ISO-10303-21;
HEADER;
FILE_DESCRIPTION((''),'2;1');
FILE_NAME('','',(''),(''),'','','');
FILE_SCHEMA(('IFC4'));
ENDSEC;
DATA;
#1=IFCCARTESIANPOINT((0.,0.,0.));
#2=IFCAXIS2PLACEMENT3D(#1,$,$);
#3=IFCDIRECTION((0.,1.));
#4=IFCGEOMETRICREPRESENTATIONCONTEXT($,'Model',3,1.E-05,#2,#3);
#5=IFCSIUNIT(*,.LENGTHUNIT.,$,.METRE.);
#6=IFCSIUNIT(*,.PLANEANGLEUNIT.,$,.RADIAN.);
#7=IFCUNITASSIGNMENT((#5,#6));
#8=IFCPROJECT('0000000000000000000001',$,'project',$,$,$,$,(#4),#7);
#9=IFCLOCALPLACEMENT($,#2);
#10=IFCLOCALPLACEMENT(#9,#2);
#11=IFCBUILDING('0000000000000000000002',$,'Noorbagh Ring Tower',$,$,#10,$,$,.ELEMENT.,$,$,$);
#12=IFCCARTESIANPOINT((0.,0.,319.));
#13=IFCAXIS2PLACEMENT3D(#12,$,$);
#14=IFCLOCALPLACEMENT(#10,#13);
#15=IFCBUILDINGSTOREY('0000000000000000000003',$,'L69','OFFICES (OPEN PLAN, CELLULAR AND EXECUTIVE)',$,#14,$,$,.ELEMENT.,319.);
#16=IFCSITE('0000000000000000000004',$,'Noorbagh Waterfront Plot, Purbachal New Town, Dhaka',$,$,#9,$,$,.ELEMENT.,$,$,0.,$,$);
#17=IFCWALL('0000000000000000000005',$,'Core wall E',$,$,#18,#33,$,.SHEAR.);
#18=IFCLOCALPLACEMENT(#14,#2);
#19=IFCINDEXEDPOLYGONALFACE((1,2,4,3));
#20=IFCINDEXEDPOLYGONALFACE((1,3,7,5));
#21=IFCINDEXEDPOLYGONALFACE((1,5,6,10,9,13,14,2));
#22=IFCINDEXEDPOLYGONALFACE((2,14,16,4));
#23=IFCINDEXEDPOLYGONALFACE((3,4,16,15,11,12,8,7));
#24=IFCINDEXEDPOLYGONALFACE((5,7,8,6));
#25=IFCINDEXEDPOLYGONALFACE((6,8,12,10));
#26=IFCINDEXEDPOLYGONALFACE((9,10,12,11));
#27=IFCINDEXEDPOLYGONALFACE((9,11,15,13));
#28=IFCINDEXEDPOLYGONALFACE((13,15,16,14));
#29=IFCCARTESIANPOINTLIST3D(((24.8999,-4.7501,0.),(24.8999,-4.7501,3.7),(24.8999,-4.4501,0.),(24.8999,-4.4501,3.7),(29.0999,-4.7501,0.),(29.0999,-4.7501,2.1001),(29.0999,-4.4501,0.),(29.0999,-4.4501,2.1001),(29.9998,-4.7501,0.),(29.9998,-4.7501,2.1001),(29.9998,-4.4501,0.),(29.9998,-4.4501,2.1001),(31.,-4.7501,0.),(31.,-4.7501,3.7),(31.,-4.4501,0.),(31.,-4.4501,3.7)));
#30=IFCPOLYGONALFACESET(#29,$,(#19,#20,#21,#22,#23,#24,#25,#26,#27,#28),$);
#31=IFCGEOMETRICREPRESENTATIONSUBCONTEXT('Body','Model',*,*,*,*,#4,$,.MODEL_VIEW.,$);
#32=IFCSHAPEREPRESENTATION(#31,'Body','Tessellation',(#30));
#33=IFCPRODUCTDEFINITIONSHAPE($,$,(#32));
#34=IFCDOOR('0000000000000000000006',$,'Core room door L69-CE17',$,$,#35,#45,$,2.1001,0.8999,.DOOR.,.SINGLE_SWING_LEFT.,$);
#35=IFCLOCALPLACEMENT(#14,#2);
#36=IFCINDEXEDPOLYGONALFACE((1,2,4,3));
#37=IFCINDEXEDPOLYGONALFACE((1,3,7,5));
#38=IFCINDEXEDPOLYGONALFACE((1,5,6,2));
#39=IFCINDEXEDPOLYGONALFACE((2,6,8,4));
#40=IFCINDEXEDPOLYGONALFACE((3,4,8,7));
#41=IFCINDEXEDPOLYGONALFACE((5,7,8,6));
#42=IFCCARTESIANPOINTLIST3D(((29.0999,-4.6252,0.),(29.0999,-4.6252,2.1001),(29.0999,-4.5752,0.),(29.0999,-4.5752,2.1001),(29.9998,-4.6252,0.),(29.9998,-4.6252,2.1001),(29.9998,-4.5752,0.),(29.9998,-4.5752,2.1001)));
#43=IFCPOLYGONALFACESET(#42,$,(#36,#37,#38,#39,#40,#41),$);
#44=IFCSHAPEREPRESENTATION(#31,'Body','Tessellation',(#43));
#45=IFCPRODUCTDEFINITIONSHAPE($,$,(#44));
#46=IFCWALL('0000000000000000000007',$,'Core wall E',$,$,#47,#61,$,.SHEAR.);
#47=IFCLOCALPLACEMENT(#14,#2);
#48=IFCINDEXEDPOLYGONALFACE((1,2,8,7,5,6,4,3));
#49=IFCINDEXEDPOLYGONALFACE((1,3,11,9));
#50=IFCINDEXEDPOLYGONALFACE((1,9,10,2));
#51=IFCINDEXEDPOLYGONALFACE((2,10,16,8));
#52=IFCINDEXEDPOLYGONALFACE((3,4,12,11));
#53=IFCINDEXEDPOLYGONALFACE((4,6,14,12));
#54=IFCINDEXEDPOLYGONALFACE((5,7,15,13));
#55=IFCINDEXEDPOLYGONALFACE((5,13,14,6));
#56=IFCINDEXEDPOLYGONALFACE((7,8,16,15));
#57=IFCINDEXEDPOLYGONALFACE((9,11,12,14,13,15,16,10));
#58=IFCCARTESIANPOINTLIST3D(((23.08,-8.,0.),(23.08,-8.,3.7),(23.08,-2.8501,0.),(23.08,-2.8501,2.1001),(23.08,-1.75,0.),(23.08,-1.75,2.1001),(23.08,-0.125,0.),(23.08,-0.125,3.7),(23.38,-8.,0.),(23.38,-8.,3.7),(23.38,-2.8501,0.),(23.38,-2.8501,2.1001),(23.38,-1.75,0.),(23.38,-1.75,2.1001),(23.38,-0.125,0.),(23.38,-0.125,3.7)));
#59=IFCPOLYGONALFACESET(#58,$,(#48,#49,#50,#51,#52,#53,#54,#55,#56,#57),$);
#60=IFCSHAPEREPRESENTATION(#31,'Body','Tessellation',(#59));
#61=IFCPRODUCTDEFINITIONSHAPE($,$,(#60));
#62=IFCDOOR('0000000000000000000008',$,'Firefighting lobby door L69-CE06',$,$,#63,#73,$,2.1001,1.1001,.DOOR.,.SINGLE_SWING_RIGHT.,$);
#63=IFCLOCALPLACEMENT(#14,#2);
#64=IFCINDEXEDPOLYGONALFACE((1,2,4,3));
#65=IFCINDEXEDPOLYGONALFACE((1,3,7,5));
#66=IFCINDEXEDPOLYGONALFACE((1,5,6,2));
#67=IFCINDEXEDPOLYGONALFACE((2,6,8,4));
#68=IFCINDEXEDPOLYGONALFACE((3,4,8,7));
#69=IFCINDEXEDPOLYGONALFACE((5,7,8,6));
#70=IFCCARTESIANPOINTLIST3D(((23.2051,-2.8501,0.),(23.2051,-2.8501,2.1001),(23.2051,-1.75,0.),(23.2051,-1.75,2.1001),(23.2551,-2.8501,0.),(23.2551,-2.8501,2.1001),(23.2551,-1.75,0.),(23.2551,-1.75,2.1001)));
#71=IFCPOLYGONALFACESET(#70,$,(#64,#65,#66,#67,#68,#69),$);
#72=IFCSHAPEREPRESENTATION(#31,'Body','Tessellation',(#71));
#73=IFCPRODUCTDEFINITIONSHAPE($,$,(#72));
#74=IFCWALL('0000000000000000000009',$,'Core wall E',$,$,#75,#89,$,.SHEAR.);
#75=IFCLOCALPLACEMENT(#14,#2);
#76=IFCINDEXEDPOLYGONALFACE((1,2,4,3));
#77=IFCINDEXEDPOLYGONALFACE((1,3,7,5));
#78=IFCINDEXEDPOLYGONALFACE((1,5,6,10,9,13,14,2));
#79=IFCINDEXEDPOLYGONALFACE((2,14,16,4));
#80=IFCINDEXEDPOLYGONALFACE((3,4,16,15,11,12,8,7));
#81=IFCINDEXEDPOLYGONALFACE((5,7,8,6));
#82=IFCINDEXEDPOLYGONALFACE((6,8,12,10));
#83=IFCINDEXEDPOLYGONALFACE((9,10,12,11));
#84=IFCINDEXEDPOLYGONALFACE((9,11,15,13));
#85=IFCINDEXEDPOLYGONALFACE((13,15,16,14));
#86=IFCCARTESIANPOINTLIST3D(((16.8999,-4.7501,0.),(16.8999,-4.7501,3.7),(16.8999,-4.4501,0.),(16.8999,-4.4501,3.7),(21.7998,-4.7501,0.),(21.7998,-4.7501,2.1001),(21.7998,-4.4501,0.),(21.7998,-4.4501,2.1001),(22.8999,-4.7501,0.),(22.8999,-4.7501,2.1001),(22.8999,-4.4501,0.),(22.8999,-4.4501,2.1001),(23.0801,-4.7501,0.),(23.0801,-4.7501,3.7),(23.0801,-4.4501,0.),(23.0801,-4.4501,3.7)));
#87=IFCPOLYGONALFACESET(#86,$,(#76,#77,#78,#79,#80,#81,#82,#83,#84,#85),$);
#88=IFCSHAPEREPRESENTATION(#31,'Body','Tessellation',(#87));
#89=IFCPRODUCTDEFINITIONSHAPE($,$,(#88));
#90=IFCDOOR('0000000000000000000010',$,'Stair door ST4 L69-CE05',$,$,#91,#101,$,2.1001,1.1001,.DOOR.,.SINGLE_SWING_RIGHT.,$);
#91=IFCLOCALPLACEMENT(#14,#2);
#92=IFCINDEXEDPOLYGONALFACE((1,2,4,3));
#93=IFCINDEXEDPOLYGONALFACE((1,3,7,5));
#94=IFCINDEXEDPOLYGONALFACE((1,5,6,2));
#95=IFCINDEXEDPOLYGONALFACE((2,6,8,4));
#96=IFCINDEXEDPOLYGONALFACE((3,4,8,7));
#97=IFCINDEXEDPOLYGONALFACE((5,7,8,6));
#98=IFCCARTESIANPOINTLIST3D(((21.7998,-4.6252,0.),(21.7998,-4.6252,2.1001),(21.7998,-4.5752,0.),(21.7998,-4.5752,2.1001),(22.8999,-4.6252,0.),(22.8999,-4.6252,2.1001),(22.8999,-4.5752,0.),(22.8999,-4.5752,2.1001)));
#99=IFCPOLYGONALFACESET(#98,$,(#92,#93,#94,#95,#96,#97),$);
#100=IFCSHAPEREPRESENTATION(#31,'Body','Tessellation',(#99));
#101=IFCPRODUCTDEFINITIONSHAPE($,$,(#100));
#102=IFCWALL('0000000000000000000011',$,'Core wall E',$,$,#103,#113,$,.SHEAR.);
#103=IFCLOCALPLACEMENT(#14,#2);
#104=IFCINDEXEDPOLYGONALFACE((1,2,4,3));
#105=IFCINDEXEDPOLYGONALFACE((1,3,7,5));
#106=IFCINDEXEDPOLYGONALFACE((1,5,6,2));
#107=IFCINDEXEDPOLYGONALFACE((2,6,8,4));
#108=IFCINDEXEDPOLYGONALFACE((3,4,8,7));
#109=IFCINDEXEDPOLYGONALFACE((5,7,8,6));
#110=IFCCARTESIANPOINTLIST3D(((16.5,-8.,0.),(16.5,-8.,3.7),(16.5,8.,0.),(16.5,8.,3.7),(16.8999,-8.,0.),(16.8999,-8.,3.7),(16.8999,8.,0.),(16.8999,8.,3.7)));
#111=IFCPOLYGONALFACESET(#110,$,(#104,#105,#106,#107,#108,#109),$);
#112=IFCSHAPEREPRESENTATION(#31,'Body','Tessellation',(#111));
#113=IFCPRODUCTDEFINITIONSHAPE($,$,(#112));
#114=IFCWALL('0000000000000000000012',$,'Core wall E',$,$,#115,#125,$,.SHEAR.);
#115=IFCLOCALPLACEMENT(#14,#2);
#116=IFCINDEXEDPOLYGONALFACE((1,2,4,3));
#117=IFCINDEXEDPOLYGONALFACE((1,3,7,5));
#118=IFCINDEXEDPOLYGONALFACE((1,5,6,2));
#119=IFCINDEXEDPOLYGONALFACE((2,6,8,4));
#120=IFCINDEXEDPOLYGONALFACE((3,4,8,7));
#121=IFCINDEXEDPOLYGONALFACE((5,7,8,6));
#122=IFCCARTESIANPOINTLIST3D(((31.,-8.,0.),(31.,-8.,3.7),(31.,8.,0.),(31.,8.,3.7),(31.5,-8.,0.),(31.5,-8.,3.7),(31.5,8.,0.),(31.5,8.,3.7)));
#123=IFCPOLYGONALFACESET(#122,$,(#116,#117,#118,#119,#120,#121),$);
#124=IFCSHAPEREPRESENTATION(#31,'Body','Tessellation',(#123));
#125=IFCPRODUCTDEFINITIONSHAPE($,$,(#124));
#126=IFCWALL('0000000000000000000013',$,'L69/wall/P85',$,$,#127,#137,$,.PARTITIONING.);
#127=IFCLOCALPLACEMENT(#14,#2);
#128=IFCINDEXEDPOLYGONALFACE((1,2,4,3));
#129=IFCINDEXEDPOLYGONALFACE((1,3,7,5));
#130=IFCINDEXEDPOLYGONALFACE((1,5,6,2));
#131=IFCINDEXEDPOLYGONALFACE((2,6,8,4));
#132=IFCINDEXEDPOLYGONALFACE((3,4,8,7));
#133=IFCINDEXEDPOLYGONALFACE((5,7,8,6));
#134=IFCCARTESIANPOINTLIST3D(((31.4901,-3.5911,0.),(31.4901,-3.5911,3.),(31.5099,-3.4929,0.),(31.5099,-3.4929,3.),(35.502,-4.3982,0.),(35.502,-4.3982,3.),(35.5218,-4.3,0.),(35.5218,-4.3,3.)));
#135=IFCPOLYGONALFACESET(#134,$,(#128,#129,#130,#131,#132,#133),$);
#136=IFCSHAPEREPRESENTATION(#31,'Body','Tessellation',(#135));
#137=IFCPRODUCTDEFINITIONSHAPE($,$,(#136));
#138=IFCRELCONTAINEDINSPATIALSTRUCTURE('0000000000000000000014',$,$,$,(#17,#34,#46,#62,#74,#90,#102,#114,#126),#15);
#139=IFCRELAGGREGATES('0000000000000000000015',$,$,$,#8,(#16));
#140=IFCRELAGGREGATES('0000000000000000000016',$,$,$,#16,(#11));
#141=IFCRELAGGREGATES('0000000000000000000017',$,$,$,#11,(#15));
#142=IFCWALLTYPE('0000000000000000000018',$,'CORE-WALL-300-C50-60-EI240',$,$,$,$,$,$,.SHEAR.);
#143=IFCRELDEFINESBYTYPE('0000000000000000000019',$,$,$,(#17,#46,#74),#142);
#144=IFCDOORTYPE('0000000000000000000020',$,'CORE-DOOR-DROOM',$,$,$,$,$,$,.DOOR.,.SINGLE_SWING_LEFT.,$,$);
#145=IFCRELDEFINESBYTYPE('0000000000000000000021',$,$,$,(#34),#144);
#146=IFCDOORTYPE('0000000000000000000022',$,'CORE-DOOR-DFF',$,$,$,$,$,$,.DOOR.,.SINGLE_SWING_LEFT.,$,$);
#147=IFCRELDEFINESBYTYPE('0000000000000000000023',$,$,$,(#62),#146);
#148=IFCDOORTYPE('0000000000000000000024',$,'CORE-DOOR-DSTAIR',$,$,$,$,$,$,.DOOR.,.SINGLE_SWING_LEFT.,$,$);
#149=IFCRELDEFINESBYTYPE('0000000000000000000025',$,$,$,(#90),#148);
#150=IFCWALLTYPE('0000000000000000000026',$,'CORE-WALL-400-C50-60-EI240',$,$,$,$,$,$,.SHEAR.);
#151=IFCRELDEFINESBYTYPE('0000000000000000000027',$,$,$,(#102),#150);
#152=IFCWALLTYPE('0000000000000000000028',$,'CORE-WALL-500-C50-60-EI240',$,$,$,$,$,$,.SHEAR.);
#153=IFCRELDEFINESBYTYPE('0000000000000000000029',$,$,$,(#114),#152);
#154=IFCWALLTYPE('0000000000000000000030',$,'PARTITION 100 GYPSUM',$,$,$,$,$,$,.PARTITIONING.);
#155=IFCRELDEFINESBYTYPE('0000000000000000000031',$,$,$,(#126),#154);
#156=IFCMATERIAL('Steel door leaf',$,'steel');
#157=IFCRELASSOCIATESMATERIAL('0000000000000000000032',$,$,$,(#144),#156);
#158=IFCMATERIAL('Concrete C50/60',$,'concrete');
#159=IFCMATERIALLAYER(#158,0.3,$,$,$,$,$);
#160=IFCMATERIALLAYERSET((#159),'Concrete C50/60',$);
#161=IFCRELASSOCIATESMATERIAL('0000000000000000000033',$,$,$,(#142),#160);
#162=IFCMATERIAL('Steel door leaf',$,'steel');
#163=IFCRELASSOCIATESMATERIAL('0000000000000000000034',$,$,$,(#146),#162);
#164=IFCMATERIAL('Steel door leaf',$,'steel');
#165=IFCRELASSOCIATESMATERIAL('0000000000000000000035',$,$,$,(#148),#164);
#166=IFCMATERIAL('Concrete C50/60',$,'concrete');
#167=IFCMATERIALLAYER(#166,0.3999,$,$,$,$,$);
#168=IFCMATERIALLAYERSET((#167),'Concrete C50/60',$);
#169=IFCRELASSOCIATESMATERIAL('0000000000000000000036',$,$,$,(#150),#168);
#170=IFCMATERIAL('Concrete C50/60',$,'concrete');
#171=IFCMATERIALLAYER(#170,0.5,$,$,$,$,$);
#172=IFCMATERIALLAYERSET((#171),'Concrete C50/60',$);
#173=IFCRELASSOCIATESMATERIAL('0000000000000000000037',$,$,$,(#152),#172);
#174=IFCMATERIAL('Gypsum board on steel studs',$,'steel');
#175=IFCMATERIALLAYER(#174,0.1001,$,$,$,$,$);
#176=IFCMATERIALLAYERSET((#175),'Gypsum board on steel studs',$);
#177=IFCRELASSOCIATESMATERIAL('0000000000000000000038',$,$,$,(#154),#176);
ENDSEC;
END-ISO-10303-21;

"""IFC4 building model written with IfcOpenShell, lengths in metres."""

from ifc_helpers import new_model, si_unit, direction, frame, frame_2d, origin, place, context, subcontext, project, spatial, rectangle, extrude, material, layer, layer_set, type_object, element, fill, save


model = new_model("IFC4")

# Units and contexts
model_context = context("Model", 3, precision=1e-05, world=origin(), true_north=direction((0.0, 1.0)))
body_context = subcontext(model_context, "Body", "Model", "MODEL_VIEW")
ifc_project = project(units=[si_unit("LENGTHUNIT", "METRE"), si_unit("PLANEANGLEUNIT", "RADIAN")], contexts=[model_context])

# Site, building, storey
site_placement = place(None, origin())
site = spatial("IfcSite", under=ifc_project, at=site_placement, Name="Noorbagh Waterfront Plot, Purbachal New Town, Dhaka", CompositionType="ELEMENT", RefElevation=0.0)
building_placement = place(site_placement, origin())
building = spatial("IfcBuilding", under=site, at=building_placement, Name="Noorbagh Ring Tower", CompositionType="ELEMENT")
storey_placement = place(building_placement, frame((0.0, 0.0, 319.0)))
storey = spatial("IfcBuildingStorey", under=building, at=storey_placement, Name="L69", Description="OFFICES (OPEN PLAN, CELLULAR AND EXECUTIVE)", CompositionType="ELEMENT", Elevation=319.0)

# Shared definitions
ifc_material_1 = material(Name="Steel door leaf", Category="steel")
door_type_1 = type_object("IfcDoorType", Name="CORE-DOOR-DROOM", OperationType="SINGLE_SWING_LEFT", PredefinedType="DOOR", material=ifc_material_1)

# Walls, openings, doors
ifc_material_2 = material(Name="Concrete C50/60", Category="concrete")
ifc_layer_1 = layer(ifc_material_2, 0.3)
ifc_layer_set_1 = layer_set([ifc_layer_1], Name="Concrete C50/60")
wall_type_1 = type_object("IfcWallType", Name="CORE-WALL-300-C50-60-EI240", PredefinedType="SHEAR", material=ifc_layer_set_1)
wall_1_placement = place(storey_placement, frame((24.8999, -4.6001, 0.0), z_axis=(0.0, 0.0, 1.0), x_axis=(1.0, 0.0, 0.0)))
wall_1 = element("IfcWall", 1, at=wall_1_placement, inside=storey, type_object=wall_type_1, Name="Core wall E", PredefinedType="SHEAR", context=body_context, shape_type="SweptSolid", body=[
    extrude(rectangle(XDim=6.1001, YDim=0.3, at=frame_2d((3.05, 0.0))), origin(), (0.0, 0.0, 1.0), 3.7),
])
opening_1_placement = place(wall_1_placement, frame((4.2, 0.0, 0.0)))
opening_1 = element("IfcOpeningElement", 2, at=opening_1_placement, cuts=wall_1, PredefinedType="OPENING", context=body_context, shape_type="SweptSolid", body=[
    extrude(rectangle(XDim=0.8999, YDim=2.1001, at=frame_2d((0.45, 1.05))), frame((0.0, 0.1602, 0.0), z_axis=(0.0, -1.0, 0.0), x_axis=(1.0, 0.0, 0.0)), (0.0, 0.0, 1.0), 0.3201),
])
door_1_placement = place(opening_1_placement, origin())
door_1 = element("IfcDoor", 3, at=door_1_placement, inside=storey, type_object=door_type_1, Name="Core room door L69-CE17", OperationType="SINGLE_SWING_LEFT", OverallHeight=2.1001, OverallWidth=0.8999, PredefinedType="DOOR", context=body_context, shape_type="SweptSolid", body=[
    extrude(rectangle(XDim=0.8999, YDim=2.1001, at=frame_2d((0.45, 1.05))), frame((0.0, 0.0249, 0.0), z_axis=(0.0, -1.0, 0.0), x_axis=(1.0, 0.0, 0.0)), (0.0, 0.0, 1.0), 0.05),
])
fill(opening_1, door_1)
wall_2_placement = place(storey_placement, frame((23.23, -8.0, 0.0), z_axis=(0.0, 0.0, 1.0), x_axis=(0.0, 1.0, 0.0)))
wall_2 = element("IfcWall", 4, at=wall_2_placement, inside=storey, type_object=wall_type_1, Name="Core wall E", PredefinedType="SHEAR", context=body_context, shape_type="SweptSolid", body=[
    extrude(rectangle(XDim=7.875, YDim=0.3, at=frame_2d((3.9375, 0.0))), origin(), (0.0, 0.0, 1.0), 3.7),
])
opening_2_placement = place(wall_2_placement, frame((5.1499, 0.0, 0.0)))
opening_2 = element("IfcOpeningElement", 5, at=opening_2_placement, cuts=wall_2, PredefinedType="OPENING", context=body_context, shape_type="SweptSolid", body=[
    extrude(rectangle(XDim=1.1001, YDim=2.1001, at=frame_2d((0.55, 1.05))), frame((0.0, 0.1602, 0.0), z_axis=(0.0, -1.0, 0.0), x_axis=(1.0, 0.0, 0.0)), (0.0, 0.0, 1.0), 0.3201),
])
ifc_material_3 = material(Name="Steel door leaf", Category="steel")
door_type_2 = type_object("IfcDoorType", Name="CORE-DOOR-DFF", OperationType="SINGLE_SWING_LEFT", PredefinedType="DOOR", material=ifc_material_3)
door_2_placement = place(opening_2_placement, origin())
door_2 = element("IfcDoor", 6, at=door_2_placement, inside=storey, type_object=door_type_2, Name="Firefighting lobby door L69-CE06", OperationType="SINGLE_SWING_RIGHT", OverallHeight=2.1001, OverallWidth=1.1001, PredefinedType="DOOR", context=body_context, shape_type="SweptSolid", body=[
    extrude(rectangle(XDim=1.1001, YDim=2.1001, at=frame_2d((0.55, 1.05))), frame((0.0, 0.0249, 0.0), z_axis=(0.0, -1.0, 0.0), x_axis=(1.0, 0.0, 0.0)), (0.0, 0.0, 1.0), 0.05),
])
fill(opening_2, door_2)
wall_3_placement = place(storey_placement, frame((16.8999, -4.6001, 0.0), z_axis=(0.0, 0.0, 1.0), x_axis=(1.0, 0.0, 0.0)))
wall_3 = element("IfcWall", 7, at=wall_3_placement, inside=storey, type_object=wall_type_1, Name="Core wall E", PredefinedType="SHEAR", context=body_context, shape_type="SweptSolid", body=[
    extrude(rectangle(XDim=6.1802, YDim=0.3, at=frame_2d((3.0901, 0.0))), origin(), (0.0, 0.0, 1.0), 3.7),
])
opening_3_placement = place(wall_3_placement, frame((4.8999, 0.0, 0.0)))
opening_3 = element("IfcOpeningElement", 8, at=opening_3_placement, cuts=wall_3, PredefinedType="OPENING", context=body_context, shape_type="SweptSolid", body=[
    extrude(rectangle(XDim=1.1001, YDim=2.1001, at=frame_2d((0.55, 1.05))), frame((0.0, 0.1602, 0.0), z_axis=(0.0, -1.0, 0.0), x_axis=(1.0, 0.0, 0.0)), (0.0, 0.0, 1.0), 0.3201),
])
ifc_material_4 = material(Name="Steel door leaf", Category="steel")
door_type_3 = type_object("IfcDoorType", Name="CORE-DOOR-DSTAIR", OperationType="SINGLE_SWING_LEFT", PredefinedType="DOOR", material=ifc_material_4)
door_3_placement = place(opening_3_placement, origin())
door_3 = element("IfcDoor", 9, at=door_3_placement, inside=storey, type_object=door_type_3, Name="Stair door ST4 L69-CE05", OperationType="SINGLE_SWING_RIGHT", OverallHeight=2.1001, OverallWidth=1.1001, PredefinedType="DOOR", context=body_context, shape_type="SweptSolid", body=[
    extrude(rectangle(XDim=1.1001, YDim=2.1001, at=frame_2d((0.55, 1.05))), frame((0.0, 0.0249, 0.0), z_axis=(0.0, -1.0, 0.0), x_axis=(1.0, 0.0, 0.0)), (0.0, 0.0, 1.0), 0.05),
])
fill(opening_3, door_3)

# Walls
ifc_material_5 = material(Name="Concrete C50/60", Category="concrete")
ifc_layer_2 = layer(ifc_material_5, 0.3999)
ifc_layer_set_2 = layer_set([ifc_layer_2], Name="Concrete C50/60")
wall_type_2 = type_object("IfcWallType", Name="CORE-WALL-400-C50-60-EI240", PredefinedType="SHEAR", material=ifc_layer_set_2)
wall_4_placement = place(storey_placement, frame((16.7, -8.0, 0.0), z_axis=(0.0, 0.0, 1.0), x_axis=(0.0, 1.0, 0.0)))
element("IfcWall", 10, at=wall_4_placement, inside=storey, type_object=wall_type_2, Name="Core wall E", PredefinedType="SHEAR", context=body_context, shape_type="SweptSolid", body=[
    extrude(rectangle(XDim=16.0, YDim=0.3999, at=frame_2d((8.0, 0.0))), origin(), (0.0, 0.0, 1.0), 3.7),
])
ifc_material_6 = material(Name="Concrete C50/60", Category="concrete")
ifc_layer_3 = layer(ifc_material_6, 0.5)
ifc_layer_set_3 = layer_set([ifc_layer_3], Name="Concrete C50/60")
wall_type_3 = type_object("IfcWallType", Name="CORE-WALL-500-C50-60-EI240", PredefinedType="SHEAR", material=ifc_layer_set_3)
wall_5_placement = place(storey_placement, frame((31.25, -8.0, 0.0), z_axis=(0.0, 0.0, 1.0), x_axis=(0.0, 1.0, 0.0)))
element("IfcWall", 11, at=wall_5_placement, inside=storey, type_object=wall_type_3, Name="Core wall E", PredefinedType="SHEAR", context=body_context, shape_type="SweptSolid", body=[
    extrude(rectangle(XDim=16.0, YDim=0.5, at=frame_2d((8.0, 0.0))), origin(), (0.0, 0.0, 1.0), 3.7),
])
ifc_material_7 = material(Name="Gypsum board on steel studs", Category="steel")
ifc_layer_4 = layer(ifc_material_7, 0.1001)
ifc_layer_set_4 = layer_set([ifc_layer_4], Name="Gypsum board on steel studs")
wall_type_4 = type_object("IfcWallType", Name="PARTITION 100 GYPSUM", PredefinedType="PARTITIONING", material=ifc_layer_set_4)
wall_6_placement = place(storey_placement, frame((31.5, -3.542, 0.0), z_axis=(0.0, 0.0, 1.0), x_axis=(0.980357, -0.197229, 0.0)))
element("IfcWall", 12, at=wall_6_placement, inside=storey, type_object=wall_type_4, Name="L69/wall/P85", PredefinedType="PARTITIONING", context=body_context, shape_type="SweptSolid", body=[
    extrude(rectangle(XDim=4.0923, YDim=0.1001, at=frame_2d((2.0461, 0.0))), origin(), (0.0, 0.0, 1.0), 3.0),
])

save(model, "model.ifc")
